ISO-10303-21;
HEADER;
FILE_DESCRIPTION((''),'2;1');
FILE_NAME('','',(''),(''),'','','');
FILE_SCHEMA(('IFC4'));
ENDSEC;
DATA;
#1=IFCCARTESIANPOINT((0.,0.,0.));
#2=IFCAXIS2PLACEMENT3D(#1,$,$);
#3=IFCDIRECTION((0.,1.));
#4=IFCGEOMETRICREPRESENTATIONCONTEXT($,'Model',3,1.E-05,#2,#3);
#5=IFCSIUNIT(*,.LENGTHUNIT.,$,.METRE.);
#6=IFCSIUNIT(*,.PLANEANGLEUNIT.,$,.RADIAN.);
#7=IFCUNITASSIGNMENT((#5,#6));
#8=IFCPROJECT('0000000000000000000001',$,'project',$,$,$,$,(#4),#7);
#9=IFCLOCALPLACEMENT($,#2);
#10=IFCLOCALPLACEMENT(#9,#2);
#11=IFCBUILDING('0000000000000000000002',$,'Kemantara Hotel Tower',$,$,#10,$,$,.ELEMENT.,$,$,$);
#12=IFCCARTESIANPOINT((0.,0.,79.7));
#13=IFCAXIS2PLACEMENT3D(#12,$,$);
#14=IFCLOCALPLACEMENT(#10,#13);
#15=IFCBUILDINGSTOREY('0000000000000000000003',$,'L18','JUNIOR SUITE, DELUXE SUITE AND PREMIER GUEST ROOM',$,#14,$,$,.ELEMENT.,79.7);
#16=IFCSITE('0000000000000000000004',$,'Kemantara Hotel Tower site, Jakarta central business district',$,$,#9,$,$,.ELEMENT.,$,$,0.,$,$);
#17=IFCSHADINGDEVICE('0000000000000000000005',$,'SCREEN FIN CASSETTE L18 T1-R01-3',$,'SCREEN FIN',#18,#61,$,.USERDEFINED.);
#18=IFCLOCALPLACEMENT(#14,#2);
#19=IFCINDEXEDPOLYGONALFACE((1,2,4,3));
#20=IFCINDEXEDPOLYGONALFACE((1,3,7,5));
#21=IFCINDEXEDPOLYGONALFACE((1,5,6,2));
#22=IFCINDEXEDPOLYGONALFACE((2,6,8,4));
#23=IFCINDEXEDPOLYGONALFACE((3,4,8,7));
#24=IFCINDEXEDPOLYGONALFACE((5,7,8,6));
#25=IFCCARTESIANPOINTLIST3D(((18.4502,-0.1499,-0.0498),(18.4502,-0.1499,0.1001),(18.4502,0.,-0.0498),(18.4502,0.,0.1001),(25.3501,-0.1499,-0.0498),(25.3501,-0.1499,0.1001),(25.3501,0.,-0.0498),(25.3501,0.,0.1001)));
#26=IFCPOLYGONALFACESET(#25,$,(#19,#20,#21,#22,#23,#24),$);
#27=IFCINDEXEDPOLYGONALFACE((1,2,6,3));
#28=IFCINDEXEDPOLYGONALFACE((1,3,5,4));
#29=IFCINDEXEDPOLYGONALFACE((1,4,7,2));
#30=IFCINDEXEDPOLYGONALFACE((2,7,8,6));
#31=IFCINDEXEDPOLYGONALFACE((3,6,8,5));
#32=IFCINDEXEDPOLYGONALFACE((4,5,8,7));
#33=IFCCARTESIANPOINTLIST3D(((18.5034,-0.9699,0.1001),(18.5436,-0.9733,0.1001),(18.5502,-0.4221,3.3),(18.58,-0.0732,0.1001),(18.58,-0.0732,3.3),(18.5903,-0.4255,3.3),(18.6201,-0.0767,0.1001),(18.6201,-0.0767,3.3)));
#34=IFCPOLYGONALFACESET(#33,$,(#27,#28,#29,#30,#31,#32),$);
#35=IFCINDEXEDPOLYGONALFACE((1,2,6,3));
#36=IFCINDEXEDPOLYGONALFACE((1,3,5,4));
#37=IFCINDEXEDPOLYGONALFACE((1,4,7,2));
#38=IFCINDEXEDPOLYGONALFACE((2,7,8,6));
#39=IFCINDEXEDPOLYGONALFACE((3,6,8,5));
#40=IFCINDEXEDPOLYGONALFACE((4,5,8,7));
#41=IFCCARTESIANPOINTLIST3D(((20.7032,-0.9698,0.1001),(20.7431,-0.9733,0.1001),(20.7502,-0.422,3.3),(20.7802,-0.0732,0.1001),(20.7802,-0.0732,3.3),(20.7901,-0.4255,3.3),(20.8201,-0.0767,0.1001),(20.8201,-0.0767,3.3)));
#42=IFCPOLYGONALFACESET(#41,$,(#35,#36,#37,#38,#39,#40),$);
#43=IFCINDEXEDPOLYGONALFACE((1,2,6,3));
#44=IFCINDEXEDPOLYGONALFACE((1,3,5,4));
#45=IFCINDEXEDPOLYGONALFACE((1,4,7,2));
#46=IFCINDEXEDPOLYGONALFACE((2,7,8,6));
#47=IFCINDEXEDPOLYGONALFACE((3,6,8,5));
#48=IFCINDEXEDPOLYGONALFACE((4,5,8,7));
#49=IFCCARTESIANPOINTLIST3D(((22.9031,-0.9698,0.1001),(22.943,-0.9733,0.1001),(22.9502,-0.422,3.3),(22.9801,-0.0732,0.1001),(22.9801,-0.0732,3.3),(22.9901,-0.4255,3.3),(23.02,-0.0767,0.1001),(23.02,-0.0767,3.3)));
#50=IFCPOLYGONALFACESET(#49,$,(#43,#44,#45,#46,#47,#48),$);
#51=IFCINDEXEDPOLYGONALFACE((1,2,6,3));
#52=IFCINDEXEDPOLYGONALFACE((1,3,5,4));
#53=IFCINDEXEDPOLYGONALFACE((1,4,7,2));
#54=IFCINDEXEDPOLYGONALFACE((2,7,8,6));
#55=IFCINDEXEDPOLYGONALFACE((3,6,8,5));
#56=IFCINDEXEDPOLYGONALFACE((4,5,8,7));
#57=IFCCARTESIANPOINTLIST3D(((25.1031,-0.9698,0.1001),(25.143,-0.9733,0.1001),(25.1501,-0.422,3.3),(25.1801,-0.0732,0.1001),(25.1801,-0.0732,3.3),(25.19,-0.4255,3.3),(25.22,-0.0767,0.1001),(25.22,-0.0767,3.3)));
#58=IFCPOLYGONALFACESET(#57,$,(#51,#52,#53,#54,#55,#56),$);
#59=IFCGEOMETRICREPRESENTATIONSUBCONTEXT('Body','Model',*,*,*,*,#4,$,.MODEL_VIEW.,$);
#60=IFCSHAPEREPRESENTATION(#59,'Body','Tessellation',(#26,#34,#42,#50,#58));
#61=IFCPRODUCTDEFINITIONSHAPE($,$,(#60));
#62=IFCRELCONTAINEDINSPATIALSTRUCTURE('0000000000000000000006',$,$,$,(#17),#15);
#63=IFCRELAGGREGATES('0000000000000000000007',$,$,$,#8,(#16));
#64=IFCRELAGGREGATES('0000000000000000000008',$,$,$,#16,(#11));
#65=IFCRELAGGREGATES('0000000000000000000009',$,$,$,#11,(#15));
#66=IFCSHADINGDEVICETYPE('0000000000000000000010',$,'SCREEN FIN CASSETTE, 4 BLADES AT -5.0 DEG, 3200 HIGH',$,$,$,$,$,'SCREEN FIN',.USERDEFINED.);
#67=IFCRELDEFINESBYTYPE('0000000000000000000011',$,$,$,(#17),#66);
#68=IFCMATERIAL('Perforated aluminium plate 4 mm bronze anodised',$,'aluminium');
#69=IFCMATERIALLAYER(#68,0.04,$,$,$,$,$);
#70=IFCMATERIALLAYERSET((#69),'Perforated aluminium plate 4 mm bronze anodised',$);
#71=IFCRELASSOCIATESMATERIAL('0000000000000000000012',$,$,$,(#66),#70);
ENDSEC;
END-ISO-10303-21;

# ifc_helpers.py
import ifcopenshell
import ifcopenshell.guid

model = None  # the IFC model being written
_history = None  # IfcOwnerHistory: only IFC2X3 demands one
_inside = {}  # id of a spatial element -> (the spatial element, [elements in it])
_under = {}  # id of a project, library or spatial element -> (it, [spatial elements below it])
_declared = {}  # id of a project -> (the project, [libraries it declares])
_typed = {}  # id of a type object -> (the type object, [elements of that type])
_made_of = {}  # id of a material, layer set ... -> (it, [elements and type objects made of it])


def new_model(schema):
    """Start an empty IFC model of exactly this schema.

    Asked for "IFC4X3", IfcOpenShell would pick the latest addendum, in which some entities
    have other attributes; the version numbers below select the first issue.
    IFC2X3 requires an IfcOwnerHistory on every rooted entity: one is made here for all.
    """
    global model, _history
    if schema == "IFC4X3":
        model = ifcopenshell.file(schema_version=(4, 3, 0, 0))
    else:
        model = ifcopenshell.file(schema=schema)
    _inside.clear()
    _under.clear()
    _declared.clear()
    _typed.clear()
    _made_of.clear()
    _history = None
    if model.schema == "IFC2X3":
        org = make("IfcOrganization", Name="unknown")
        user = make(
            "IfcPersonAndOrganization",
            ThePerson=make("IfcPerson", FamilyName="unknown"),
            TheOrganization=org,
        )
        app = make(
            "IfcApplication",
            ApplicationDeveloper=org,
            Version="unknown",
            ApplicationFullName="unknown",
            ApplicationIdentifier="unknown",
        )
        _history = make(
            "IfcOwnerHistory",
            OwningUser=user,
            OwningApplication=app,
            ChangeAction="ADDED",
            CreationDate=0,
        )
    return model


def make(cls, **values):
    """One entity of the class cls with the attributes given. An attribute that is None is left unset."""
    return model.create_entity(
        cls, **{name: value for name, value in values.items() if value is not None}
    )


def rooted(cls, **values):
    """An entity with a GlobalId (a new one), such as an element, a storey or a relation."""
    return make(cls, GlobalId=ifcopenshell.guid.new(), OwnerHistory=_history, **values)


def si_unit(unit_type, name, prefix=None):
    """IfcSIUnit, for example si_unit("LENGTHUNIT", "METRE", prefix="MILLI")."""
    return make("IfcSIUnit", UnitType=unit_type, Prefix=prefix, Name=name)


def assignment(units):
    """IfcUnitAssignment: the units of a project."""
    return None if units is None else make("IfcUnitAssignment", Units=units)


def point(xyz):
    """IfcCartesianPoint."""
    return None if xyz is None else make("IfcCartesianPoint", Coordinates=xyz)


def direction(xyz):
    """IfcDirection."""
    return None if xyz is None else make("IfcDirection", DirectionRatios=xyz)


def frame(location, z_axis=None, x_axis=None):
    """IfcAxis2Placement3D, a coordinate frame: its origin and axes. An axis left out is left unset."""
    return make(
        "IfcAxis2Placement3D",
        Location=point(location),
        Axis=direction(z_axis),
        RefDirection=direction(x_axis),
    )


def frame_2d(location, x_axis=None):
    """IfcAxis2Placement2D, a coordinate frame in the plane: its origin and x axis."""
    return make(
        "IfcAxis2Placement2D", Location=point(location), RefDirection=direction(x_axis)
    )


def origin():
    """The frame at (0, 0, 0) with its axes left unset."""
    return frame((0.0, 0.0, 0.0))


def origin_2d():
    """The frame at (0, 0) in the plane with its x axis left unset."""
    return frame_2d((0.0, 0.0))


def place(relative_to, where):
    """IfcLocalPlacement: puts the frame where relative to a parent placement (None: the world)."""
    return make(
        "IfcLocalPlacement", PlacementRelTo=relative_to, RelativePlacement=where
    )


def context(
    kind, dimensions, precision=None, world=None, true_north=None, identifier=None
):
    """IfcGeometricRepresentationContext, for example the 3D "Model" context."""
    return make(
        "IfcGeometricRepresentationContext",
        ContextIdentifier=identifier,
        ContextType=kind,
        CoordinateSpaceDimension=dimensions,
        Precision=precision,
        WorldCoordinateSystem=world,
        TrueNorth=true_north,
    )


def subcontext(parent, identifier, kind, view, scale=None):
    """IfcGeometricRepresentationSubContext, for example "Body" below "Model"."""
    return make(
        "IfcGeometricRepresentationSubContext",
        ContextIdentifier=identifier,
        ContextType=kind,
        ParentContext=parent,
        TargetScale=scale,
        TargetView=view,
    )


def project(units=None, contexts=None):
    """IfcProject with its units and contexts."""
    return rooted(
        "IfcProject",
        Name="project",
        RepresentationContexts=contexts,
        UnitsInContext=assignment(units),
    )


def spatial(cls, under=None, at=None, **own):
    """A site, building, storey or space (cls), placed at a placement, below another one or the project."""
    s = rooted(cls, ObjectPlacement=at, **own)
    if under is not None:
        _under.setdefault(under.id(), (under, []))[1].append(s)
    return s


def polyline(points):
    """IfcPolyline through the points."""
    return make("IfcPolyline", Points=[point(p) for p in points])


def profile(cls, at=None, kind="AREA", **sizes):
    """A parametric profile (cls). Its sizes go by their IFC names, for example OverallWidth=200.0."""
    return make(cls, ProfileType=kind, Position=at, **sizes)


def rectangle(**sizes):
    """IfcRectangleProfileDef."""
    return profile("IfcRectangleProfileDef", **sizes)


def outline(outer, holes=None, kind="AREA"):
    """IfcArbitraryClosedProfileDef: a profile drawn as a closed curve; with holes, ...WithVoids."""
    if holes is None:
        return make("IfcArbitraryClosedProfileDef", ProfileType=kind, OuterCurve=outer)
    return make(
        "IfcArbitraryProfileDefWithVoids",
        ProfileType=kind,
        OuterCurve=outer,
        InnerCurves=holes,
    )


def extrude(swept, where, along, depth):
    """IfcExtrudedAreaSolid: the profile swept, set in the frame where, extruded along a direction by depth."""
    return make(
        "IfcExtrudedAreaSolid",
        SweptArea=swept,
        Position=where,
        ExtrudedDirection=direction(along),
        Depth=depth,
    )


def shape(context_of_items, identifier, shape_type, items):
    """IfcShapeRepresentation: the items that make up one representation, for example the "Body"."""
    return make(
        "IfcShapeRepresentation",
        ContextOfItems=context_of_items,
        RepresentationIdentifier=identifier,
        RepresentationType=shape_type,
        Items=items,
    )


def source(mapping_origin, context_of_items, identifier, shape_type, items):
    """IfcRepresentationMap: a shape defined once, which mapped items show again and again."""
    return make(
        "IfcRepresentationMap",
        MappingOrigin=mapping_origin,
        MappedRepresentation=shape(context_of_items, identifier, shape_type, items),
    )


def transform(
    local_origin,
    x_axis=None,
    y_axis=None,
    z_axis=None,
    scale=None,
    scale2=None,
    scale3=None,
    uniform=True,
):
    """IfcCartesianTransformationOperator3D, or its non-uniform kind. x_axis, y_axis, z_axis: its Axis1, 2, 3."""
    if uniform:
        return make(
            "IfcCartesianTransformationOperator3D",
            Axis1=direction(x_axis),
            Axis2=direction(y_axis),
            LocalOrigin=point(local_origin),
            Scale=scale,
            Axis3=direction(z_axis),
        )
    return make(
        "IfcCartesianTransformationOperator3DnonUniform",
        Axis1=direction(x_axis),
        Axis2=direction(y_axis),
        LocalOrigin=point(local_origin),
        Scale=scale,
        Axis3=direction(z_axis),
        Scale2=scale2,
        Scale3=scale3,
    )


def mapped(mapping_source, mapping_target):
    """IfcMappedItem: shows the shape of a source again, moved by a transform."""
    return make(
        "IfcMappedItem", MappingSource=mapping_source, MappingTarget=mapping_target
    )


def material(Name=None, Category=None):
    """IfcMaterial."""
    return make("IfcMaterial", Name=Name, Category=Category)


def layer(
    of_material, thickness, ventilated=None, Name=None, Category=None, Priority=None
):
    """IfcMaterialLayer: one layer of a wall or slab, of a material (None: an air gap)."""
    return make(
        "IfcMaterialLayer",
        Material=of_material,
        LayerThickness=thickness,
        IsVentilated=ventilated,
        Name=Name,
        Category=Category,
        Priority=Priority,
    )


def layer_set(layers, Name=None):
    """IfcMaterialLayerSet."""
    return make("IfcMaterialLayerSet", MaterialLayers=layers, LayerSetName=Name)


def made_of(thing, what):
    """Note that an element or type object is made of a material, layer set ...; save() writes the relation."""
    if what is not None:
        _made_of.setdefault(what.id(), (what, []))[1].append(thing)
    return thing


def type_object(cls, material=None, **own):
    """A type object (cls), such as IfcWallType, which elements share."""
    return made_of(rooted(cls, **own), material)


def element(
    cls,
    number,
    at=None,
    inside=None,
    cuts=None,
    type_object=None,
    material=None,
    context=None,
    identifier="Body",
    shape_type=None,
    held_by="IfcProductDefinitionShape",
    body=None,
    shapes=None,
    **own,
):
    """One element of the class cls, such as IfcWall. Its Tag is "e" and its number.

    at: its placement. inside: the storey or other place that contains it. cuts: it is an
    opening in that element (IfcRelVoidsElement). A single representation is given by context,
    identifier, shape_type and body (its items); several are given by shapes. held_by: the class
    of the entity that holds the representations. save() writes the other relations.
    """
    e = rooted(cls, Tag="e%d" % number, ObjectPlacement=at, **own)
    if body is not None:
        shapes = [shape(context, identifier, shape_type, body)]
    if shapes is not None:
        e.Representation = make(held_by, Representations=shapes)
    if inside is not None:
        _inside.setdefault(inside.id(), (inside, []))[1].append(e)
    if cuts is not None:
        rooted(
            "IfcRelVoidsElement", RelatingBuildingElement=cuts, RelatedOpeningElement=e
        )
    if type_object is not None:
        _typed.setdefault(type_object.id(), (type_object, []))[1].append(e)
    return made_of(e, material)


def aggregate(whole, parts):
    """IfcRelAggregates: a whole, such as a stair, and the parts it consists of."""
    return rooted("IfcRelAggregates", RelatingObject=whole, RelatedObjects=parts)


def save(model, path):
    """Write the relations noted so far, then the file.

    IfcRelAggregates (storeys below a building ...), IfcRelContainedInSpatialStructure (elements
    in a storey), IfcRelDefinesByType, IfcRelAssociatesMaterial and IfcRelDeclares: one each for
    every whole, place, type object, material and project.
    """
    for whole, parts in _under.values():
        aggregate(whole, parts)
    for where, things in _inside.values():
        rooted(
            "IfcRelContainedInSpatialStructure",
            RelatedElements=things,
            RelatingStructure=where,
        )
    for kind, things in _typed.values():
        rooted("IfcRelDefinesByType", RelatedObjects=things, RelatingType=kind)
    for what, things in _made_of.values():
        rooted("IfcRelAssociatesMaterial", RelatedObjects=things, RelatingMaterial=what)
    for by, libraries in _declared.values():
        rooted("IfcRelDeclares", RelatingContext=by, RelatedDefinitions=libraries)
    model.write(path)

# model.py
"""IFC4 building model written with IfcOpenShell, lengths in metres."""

from ifc_helpers import new_model, si_unit, direction, frame, origin, origin_2d, place, context, subcontext, project, spatial, polyline, rectangle, outline, extrude, source, transform, mapped, material, layer, layer_set, type_object, element, save


model = new_model("IFC4")

# Units and contexts
model_context = context("Model", 3, precision=1e-05, world=origin(), true_north=direction((0.0, 1.0)))
body_context = subcontext(model_context, "Body", "Model", "MODEL_VIEW")
ifc_project = project(units=[si_unit("LENGTHUNIT", "METRE"), si_unit("PLANEANGLEUNIT", "RADIAN")], contexts=[model_context])

# Site, building, storey
site_placement = place(None, origin())
site = spatial("IfcSite", under=ifc_project, at=site_placement, Name="Kemantara Hotel Tower site, Jakarta central business district", CompositionType="ELEMENT", RefElevation=0.0)
building_placement = place(site_placement, origin())
building = spatial("IfcBuilding", under=site, at=building_placement, Name="Kemantara Hotel Tower", CompositionType="ELEMENT")
storey_placement = place(building_placement, frame((0.0, 0.0, 79.7)))
storey = spatial("IfcBuildingStorey", under=building, at=storey_placement, Name="L18", Description="JUNIOR SUITE, DELUXE SUITE AND PREMIER GUEST ROOM", CompositionType="ELEMENT", Elevation=79.7)

# Shading device
ifc_material_1 = material(Name="Perforated aluminium plate 4 mm bronze anodised", Category="aluminium")
ifc_layer_1 = layer(ifc_material_1, 0.04)
ifc_layer_set_1 = layer_set([ifc_layer_1], Name="Perforated aluminium plate 4 mm bronze anodised")
shading_device_type = type_object("IfcShadingDeviceType", Name="SCREEN FIN CASSETTE, 4 BLADES AT -5.0 DEG, 3200 HIGH", ElementType="SCREEN FIN", PredefinedType="USERDEFINED", material=ifc_layer_set_1)
shared_shape = source(origin(), body_context, "Body", "SweptSolid", [
    extrude(rectangle(XDim=6.8999, YDim=0.1499, at=origin_2d()), frame((3.3, -0.075, -0.1499), z_axis=(0.0, 0.0, 1.0), x_axis=(1.0, 0.0, 0.0)), (0.0, 0.0, 1.0), 0.1499),
    extrude(outline(polyline([(0.0, 0.0), (0.8999, 0.0), (0.3501, 3.2), (0.0, 3.2), (0.0, 0.0)])), frame((0.02, -0.0767, 0.0), z_axis=(-0.996376, 0.085056, 0.0), x_axis=(-0.085056, -0.996376, 0.0)), (0.0, 0.0, 1.0), 0.0403),
    extrude(outline(polyline([(0.0, 0.0), (0.8999, 0.0), (0.3501, 3.2), (0.0, 3.2), (0.0, 0.0)])), frame((2.22, -0.0767, 0.0), z_axis=(-0.996332, 0.085575, 0.0), x_axis=(-0.085575, -0.996332, 0.0)), (0.0, 0.0, 1.0), 0.04),
    extrude(outline(polyline([(0.0, 0.0), (0.8999, 0.0), (0.3501, 3.2), (0.0, 3.2), (0.0, 0.0)])), frame((4.4199, -0.0767, 0.0), z_axis=(-0.996332, 0.085575, 0.0), x_axis=(-0.085575, -0.996332, 0.0)), (0.0, 0.0, 1.0), 0.04),
    extrude(outline(polyline([(0.0, 0.0), (0.8999, 0.0), (0.3501, 3.2), (0.0, 3.2), (0.0, 0.0)])), frame((6.6199, -0.0767, 0.0), z_axis=(-0.996332, 0.085575, 0.0), x_axis=(-0.085575, -0.996332, 0.0)), (0.0, 0.0, 1.0), 0.04),
])
shading_device_placement = place(storey_placement, frame((18.6001, 0.0, 0.1001), z_axis=(0.0, 0.0, 1.0), x_axis=(1.0, 0.0, 0.0)))
element("IfcShadingDevice", 1, at=shading_device_placement, inside=storey, type_object=shading_device_type, Name="SCREEN FIN CASSETTE L18 T1-R01-3", ObjectType="SCREEN FIN", PredefinedType="USERDEFINED", context=body_context, shape_type="MappedRepresentation", body=[
    mapped(shared_shape, transform((0.0, 0.0, 0.0))),
])

save(model, "model.ifc")
